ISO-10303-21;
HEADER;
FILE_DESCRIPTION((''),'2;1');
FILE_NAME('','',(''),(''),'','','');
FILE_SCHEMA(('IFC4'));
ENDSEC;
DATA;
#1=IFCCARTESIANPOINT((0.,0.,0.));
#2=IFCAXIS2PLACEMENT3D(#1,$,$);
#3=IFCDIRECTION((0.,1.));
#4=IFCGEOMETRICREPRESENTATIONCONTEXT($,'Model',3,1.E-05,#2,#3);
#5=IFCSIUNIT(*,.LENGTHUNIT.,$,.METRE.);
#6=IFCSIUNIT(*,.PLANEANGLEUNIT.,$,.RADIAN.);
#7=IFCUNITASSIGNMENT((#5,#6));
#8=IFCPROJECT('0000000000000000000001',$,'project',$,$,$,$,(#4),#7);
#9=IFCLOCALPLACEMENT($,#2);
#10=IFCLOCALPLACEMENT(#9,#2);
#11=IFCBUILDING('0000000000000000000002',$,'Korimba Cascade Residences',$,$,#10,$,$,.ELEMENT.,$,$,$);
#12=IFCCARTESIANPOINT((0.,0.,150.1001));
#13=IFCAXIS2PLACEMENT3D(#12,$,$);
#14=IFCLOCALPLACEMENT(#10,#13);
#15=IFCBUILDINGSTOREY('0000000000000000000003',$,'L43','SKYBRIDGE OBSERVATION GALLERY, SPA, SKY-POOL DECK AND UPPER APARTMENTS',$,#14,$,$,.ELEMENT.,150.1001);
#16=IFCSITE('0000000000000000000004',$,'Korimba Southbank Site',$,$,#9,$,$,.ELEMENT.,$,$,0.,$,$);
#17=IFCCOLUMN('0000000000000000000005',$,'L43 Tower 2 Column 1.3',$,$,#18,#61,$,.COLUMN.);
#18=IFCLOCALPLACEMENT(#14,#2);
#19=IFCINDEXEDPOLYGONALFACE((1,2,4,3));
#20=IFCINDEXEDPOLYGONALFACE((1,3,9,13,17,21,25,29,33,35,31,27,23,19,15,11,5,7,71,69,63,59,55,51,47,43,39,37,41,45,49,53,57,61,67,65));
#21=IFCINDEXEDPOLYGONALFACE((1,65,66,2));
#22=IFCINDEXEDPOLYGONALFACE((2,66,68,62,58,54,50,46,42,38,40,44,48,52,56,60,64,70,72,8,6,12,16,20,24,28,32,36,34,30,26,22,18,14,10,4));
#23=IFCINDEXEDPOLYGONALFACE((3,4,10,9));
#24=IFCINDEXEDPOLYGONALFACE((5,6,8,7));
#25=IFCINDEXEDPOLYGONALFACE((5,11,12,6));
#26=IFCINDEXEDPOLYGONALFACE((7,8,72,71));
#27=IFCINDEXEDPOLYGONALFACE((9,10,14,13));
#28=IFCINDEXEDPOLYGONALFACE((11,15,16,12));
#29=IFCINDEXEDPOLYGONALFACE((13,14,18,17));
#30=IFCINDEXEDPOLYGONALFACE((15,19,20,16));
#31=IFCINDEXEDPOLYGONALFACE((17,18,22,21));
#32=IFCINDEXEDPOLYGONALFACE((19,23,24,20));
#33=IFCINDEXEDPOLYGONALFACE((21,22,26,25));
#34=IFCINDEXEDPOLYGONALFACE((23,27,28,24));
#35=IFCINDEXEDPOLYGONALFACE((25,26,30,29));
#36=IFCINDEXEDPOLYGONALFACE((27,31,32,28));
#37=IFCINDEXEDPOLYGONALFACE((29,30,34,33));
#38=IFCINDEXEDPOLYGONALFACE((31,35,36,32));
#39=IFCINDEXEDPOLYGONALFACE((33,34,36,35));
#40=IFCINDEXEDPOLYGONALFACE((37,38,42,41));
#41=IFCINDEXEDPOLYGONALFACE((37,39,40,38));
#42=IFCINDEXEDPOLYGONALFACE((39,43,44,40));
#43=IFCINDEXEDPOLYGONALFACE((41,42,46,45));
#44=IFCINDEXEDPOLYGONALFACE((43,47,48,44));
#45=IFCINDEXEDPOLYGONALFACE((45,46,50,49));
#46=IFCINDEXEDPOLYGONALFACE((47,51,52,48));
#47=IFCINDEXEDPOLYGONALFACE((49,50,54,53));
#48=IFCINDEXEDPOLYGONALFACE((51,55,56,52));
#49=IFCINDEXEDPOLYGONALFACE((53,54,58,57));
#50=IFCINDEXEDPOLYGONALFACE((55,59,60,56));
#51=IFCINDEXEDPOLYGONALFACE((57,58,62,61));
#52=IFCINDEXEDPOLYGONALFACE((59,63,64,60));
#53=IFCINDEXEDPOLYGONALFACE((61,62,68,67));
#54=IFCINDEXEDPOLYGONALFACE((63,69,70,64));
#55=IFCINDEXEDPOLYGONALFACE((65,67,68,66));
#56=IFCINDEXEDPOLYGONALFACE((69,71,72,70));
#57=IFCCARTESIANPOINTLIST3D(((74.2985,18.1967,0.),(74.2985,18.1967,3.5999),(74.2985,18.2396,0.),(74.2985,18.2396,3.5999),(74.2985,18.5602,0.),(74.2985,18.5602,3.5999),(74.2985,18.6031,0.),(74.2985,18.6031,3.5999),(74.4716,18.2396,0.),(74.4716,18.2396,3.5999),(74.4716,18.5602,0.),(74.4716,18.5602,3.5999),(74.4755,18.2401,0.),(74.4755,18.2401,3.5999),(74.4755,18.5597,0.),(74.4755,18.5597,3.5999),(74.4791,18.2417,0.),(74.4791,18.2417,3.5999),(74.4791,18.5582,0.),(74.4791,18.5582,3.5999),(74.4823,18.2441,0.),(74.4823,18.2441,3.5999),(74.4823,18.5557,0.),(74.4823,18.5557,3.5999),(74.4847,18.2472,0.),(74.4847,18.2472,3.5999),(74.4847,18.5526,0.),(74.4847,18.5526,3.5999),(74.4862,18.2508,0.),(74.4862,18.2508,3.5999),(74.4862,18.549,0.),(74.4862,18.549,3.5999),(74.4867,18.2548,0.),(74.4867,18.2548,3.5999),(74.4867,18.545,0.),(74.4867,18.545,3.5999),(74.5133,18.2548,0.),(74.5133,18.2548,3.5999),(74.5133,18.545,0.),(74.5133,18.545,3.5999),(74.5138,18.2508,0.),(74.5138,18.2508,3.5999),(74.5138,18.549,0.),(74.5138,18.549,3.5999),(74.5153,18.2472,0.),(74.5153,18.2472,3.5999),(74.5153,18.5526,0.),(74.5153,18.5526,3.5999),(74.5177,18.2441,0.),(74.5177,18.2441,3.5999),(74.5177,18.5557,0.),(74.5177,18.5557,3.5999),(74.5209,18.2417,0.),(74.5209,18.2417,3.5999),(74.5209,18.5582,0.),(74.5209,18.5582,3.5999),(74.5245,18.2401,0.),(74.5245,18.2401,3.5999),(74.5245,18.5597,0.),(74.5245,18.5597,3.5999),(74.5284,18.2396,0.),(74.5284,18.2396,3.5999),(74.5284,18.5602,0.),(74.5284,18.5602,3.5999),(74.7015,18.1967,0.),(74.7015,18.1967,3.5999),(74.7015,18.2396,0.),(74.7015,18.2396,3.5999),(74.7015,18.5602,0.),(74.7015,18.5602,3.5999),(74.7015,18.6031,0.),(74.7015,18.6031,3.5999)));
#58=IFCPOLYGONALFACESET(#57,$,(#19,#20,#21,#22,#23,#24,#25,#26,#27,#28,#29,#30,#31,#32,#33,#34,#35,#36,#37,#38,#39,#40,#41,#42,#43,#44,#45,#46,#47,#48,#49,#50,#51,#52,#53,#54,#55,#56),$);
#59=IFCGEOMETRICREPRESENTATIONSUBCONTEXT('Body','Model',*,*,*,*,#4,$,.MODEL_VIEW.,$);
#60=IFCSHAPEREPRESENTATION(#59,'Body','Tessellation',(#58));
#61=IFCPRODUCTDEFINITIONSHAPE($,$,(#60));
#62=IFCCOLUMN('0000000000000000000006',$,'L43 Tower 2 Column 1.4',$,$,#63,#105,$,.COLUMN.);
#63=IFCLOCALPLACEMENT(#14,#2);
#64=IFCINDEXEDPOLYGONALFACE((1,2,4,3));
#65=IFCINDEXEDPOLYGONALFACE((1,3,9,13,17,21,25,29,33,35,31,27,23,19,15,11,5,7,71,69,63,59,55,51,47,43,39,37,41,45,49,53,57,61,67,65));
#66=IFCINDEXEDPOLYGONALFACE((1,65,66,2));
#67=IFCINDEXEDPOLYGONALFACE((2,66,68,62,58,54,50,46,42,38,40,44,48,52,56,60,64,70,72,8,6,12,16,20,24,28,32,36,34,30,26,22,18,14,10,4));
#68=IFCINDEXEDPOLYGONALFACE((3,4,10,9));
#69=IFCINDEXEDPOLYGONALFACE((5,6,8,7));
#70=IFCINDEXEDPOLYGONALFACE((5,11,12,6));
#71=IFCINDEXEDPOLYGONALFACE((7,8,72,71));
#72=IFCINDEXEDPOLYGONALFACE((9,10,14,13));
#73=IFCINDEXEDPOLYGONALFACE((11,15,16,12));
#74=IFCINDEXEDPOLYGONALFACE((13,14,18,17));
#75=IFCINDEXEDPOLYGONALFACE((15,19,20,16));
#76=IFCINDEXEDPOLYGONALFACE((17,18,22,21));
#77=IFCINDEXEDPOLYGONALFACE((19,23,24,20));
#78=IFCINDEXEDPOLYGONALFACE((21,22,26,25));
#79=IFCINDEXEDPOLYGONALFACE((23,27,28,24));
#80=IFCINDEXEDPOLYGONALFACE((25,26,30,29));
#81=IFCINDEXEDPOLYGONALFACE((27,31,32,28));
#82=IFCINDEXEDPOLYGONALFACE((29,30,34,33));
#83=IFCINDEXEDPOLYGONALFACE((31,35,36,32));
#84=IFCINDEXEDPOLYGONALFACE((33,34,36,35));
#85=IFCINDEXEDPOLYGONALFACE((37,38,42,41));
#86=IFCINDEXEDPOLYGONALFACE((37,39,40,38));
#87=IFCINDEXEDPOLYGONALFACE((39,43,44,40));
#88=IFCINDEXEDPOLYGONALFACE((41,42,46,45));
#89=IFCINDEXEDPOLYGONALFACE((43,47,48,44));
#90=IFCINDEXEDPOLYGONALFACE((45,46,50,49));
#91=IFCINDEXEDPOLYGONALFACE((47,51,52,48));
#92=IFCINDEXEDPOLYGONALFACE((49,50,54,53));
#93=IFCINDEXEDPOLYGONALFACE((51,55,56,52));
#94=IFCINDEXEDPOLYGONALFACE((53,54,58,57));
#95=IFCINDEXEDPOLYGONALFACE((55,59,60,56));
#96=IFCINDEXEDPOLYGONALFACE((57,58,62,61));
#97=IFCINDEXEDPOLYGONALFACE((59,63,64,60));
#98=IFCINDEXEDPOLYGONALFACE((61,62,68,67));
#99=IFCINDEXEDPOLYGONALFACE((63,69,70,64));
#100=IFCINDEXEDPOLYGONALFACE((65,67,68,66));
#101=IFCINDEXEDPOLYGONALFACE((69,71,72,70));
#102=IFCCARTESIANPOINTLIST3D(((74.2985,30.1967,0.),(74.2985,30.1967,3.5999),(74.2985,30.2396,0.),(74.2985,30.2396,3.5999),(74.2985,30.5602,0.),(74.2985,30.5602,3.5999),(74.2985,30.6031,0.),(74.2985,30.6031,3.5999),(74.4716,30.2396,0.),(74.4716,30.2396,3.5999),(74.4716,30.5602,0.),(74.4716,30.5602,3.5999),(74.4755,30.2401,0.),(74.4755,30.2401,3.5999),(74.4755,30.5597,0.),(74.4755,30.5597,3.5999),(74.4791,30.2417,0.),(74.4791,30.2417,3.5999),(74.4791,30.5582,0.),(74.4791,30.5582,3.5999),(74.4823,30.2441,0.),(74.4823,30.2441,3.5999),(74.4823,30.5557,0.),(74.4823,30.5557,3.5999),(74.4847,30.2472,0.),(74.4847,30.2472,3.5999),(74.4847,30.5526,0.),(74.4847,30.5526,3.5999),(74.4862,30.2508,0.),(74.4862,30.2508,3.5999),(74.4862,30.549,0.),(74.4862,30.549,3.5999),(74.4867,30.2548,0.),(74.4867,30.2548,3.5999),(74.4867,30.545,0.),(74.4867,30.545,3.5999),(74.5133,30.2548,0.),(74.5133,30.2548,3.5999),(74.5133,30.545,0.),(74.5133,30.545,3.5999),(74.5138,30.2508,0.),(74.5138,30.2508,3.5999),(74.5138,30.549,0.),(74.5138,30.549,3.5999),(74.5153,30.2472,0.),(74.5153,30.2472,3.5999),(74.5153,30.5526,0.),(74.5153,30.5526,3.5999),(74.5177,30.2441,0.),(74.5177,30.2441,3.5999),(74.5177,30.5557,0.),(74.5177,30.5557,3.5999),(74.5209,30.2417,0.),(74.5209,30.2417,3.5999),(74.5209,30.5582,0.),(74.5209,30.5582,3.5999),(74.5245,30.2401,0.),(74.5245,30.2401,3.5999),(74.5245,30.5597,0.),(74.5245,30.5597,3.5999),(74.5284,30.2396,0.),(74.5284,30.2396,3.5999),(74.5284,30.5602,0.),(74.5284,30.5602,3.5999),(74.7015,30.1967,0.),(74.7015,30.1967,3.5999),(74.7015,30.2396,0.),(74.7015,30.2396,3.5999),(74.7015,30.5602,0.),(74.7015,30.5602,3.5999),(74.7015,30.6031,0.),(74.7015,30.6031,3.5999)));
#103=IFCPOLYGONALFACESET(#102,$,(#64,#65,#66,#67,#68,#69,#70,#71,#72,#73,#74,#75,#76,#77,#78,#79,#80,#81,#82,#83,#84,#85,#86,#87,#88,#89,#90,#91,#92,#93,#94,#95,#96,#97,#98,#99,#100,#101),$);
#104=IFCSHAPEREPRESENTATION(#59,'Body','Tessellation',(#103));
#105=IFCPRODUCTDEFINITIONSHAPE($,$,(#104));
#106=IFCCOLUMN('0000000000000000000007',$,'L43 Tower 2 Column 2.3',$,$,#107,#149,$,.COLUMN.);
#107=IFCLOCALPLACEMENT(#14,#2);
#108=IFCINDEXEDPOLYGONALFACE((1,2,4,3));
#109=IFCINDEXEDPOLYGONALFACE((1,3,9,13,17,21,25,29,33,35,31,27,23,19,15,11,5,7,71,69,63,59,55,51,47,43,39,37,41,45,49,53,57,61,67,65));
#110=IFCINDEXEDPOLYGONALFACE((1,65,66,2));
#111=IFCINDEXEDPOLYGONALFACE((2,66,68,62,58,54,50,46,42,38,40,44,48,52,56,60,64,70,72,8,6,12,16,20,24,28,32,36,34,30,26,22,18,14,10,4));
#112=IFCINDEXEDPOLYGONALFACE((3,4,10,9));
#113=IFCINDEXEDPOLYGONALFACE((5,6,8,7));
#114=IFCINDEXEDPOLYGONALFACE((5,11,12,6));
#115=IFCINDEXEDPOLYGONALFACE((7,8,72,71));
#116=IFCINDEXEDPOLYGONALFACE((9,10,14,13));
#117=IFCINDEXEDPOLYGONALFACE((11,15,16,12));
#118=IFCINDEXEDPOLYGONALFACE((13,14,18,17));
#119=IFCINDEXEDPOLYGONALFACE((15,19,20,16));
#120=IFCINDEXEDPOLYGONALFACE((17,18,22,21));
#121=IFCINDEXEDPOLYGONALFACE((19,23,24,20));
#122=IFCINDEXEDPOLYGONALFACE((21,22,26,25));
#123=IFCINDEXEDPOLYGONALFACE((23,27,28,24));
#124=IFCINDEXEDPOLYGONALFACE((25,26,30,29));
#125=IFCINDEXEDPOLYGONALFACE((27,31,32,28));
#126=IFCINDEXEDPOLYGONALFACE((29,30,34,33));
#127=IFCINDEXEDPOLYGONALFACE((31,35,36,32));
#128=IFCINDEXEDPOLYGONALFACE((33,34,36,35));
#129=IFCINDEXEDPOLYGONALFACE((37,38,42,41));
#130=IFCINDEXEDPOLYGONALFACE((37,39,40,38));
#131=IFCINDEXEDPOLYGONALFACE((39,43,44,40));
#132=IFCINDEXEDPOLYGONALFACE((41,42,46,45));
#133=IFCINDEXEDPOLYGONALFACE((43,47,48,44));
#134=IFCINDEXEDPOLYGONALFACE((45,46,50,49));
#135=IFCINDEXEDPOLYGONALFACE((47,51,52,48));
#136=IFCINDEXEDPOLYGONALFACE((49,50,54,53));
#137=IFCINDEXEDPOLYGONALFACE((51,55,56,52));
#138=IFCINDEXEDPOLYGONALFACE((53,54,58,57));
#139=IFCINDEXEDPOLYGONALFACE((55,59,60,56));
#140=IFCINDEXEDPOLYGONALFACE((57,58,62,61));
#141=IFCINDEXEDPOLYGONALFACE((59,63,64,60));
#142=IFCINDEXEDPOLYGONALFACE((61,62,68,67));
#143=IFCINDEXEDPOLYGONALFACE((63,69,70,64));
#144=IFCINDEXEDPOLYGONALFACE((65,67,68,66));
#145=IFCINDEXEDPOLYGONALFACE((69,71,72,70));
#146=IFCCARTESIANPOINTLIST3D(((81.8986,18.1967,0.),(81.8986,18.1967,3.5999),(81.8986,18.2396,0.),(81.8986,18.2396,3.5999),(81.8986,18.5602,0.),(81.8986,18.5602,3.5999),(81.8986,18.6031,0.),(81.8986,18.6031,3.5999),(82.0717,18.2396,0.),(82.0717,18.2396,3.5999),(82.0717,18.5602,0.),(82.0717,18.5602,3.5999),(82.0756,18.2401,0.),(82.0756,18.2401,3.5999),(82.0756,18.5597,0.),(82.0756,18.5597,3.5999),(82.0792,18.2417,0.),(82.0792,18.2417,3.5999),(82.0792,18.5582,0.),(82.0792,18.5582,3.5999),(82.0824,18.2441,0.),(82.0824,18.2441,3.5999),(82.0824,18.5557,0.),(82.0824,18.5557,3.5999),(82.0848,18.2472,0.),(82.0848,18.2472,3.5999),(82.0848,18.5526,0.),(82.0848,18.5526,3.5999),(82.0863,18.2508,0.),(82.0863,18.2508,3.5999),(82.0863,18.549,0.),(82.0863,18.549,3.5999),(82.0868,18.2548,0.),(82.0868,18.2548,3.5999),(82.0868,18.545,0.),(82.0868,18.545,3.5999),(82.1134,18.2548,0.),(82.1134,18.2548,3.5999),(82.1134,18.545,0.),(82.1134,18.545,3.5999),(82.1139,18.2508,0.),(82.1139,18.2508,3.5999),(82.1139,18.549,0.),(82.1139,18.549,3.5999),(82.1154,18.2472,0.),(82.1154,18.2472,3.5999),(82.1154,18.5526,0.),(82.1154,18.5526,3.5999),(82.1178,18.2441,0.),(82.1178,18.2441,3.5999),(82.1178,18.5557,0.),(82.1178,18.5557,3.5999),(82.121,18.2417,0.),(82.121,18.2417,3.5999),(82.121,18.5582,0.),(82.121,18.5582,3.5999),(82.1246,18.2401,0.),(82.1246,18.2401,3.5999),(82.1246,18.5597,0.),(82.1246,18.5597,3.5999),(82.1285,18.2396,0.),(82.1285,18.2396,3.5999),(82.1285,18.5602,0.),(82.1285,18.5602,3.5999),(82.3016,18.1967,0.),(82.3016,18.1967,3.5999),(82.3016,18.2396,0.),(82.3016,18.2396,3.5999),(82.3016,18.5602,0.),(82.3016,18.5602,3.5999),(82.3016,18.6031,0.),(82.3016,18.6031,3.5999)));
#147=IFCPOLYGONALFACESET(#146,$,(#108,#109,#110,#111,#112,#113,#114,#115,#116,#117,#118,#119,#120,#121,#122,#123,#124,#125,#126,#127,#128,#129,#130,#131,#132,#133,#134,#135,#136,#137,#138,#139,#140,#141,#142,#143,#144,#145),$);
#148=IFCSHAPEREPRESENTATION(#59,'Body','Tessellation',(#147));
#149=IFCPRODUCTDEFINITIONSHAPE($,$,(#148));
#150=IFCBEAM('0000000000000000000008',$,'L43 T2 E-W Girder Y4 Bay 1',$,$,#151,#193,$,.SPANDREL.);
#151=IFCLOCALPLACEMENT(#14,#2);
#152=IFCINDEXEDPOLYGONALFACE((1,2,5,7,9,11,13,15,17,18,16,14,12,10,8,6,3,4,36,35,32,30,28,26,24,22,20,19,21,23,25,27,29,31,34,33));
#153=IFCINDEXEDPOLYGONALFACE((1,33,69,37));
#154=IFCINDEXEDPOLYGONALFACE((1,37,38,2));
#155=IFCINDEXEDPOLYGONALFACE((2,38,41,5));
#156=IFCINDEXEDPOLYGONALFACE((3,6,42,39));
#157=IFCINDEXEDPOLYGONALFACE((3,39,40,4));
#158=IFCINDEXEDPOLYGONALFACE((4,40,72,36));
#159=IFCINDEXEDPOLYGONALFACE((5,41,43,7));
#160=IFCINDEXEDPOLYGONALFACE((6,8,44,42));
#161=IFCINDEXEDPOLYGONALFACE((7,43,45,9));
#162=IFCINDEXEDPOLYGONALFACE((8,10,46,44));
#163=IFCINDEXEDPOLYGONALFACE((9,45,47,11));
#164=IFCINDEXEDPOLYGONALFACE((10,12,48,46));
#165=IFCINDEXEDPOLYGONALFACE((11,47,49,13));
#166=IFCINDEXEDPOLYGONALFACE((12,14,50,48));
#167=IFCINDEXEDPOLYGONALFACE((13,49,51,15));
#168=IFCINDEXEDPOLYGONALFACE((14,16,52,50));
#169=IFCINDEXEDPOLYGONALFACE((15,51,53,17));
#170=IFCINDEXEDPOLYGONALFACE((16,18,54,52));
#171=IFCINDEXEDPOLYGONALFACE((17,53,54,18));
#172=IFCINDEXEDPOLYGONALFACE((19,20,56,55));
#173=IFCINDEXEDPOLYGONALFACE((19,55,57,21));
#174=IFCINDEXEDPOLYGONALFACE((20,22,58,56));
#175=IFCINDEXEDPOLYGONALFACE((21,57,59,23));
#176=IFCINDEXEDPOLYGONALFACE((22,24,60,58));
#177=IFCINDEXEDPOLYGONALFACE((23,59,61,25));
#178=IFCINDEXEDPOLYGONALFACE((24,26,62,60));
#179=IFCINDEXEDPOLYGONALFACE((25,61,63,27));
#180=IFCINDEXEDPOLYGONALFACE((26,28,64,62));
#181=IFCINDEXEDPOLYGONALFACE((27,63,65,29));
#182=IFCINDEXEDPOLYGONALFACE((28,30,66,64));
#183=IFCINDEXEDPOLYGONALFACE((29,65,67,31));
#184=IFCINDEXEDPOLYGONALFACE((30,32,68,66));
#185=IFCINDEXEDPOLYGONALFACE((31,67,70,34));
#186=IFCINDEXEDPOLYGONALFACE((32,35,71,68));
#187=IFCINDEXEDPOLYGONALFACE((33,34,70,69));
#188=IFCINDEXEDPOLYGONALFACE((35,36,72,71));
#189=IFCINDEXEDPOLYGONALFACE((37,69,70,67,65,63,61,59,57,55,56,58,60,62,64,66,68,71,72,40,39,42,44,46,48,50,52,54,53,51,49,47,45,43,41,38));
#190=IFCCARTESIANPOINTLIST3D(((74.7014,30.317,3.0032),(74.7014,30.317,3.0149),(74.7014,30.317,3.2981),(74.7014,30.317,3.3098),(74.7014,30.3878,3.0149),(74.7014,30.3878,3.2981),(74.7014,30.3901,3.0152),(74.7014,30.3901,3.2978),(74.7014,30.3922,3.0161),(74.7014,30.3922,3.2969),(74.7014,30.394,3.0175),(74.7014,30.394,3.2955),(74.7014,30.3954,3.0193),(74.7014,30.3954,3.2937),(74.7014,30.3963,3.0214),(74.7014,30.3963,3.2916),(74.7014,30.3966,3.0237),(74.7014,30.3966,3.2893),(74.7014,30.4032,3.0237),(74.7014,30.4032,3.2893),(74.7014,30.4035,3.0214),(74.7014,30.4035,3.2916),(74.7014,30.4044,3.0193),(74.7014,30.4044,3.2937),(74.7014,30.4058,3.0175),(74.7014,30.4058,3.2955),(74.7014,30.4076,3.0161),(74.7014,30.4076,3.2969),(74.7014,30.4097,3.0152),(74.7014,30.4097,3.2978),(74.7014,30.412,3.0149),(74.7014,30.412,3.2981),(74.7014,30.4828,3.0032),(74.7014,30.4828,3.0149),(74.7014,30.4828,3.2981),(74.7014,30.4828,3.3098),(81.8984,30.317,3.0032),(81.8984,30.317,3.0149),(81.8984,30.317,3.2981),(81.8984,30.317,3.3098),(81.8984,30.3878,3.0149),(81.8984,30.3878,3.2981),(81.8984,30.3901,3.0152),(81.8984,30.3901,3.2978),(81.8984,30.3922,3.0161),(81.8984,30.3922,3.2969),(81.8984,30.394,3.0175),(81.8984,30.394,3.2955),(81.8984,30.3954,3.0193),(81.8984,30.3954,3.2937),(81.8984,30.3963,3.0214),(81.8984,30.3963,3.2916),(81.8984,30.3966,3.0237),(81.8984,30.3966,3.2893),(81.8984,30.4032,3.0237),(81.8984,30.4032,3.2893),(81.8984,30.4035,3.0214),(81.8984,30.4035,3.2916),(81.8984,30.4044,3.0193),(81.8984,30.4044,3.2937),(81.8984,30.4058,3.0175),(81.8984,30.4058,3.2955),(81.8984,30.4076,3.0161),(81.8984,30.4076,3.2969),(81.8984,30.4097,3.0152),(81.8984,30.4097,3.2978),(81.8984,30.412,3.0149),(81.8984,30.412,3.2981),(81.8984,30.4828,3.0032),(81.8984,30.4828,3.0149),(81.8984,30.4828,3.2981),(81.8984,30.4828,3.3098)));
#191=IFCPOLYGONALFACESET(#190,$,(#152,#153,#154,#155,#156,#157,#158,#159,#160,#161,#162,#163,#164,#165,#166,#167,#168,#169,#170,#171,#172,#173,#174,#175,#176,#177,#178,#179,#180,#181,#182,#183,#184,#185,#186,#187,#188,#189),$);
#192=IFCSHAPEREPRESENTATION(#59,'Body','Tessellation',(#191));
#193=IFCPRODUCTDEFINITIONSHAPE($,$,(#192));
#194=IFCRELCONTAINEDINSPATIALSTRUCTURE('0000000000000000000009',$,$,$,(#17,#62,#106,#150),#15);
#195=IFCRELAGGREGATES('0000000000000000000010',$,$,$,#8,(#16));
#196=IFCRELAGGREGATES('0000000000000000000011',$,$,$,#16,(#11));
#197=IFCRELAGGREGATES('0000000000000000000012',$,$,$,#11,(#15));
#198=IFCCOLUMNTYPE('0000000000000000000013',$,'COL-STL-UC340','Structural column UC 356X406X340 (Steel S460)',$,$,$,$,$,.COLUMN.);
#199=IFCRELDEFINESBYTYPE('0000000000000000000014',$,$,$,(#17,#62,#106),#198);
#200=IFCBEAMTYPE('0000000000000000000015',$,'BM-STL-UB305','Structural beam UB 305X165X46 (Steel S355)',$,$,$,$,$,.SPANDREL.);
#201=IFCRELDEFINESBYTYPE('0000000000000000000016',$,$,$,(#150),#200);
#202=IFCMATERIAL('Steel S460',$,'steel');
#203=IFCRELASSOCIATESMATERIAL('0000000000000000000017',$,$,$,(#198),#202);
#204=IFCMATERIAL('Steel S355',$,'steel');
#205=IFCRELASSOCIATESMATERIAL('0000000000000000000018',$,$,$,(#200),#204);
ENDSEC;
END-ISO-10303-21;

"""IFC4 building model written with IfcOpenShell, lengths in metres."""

from ifc_helpers import new_model, si_unit, direction, frame, origin, origin_2d, place, context, subcontext, project, spatial, i_section, extrude, material, material_profile, profile_set, type_object, element, save


model = new_model("IFC4")

# Units and contexts
model_context = context("Model", 3, precision=1e-05, world=origin(), true_north=direction((0.0, 1.0)))
body_context = subcontext(model_context, "Body", "Model", "MODEL_VIEW")
ifc_project = project(units=[si_unit("LENGTHUNIT", "METRE"), si_unit("PLANEANGLEUNIT", "RADIAN")], contexts=[model_context])

# Site, building, storey
site_placement = place(None, origin())
site = spatial("IfcSite", under=ifc_project, at=site_placement, Name="Korimba Southbank Site", CompositionType="ELEMENT", RefElevation=0.0)
building_placement = place(site_placement, origin())
building = spatial("IfcBuilding", under=site, at=building_placement, Name="Korimba Cascade Residences", CompositionType="ELEMENT")
storey_placement = place(building_placement, frame((0.0, 0.0, 150.1001)))
storey = spatial("IfcBuildingStorey", under=building, at=storey_placement, Name="L43", Description="SKYBRIDGE OBSERVATION GALLERY, SPA, SKY-POOL DECK AND UPPER APARTMENTS", CompositionType="ELEMENT", Elevation=150.1001)

# Columns
ifc_material_1 = material(Name="Steel S460", Category="steel")
ifc_material_profile_1 = material_profile(ifc_material_1, i_section(OverallWidth=0.4031, OverallDepth=0.4065, WebThickness=0.0266, FlangeThickness=0.043, FilletRadius=0.0151, at=origin_2d()), Name="Steel S460")
ifc_profile_set_1 = profile_set([ifc_material_profile_1], Name="Steel S460")
column_type = type_object("IfcColumnType", Name="COL-STL-UC340", Description="Structural column UC 356X406X340 (Steel S460)", PredefinedType="COLUMN", material=ifc_profile_set_1)
for number, where, z_axis, x_axis, name in (
    (1, (74.5, 18.3999, 0.0), (0.0, 0.0, 1.0), (1.0, 0.0, 0.0), "L43 Tower 2 Column 1.3"),
    (2, (74.5, 30.3999, 0.0), (0.0, 0.0, 1.0), (1.0, 0.0, 0.0), "L43 Tower 2 Column 1.4"),
    (3, (82.1001, 18.3999, 0.0), (0.0, 0.0, 1.0), (1.0, 0.0, 0.0), "L43 Tower 2 Column 2.3"),
):
    element("IfcColumn", number, at=place(storey_placement, frame(where, z_axis=z_axis, x_axis=x_axis)), inside=storey, type_object=column_type, Name=name, PredefinedType="COLUMN", context=body_context, shape_type="SweptSolid", body=[
        extrude(i_section(OverallWidth=0.4031, OverallDepth=0.4065, WebThickness=0.0266, FlangeThickness=0.043, FilletRadius=0.0151, at=origin_2d()), origin(), (0.0, 0.0, 1.0), 3.5999),
    ])

# Beam
ifc_material_2 = material(Name="Steel S355", Category="steel")
ifc_material_profile_2 = material_profile(ifc_material_2, i_section(OverallWidth=0.1658, OverallDepth=0.3066, WebThickness=0.0066, FlangeThickness=0.0117, FilletRadius=0.0088, at=origin_2d()), Name="Steel S355")
ifc_profile_set_2 = profile_set([ifc_material_profile_2], Name="Steel S355")
beam_type_1 = type_object("IfcBeamType", Name="BM-STL-UB305", Description="Structural beam UB 305X165X46 (Steel S355)", PredefinedType="SPANDREL", material=ifc_profile_set_2)
beam_1_placement = place(storey_placement, frame((74.7014, 30.3999, 3.1565), z_axis=(1.0, 0.0, 0.0), x_axis=(0.0, 1.0, 0.0)))
element("IfcBeam", 4, at=beam_1_placement, inside=storey, type_object=beam_type_1, Name="L43 T2 E-W Girder Y4 Bay 1", PredefinedType="SPANDREL", context=body_context, shape_type="SweptSolid", body=[
    extrude(i_section(OverallWidth=0.1658, OverallDepth=0.3066, WebThickness=0.0066, FlangeThickness=0.0117, FilletRadius=0.0088, at=origin_2d()), origin(), (0.0, 0.0, 1.0), 7.197),
])

save(model, "model.ifc")
